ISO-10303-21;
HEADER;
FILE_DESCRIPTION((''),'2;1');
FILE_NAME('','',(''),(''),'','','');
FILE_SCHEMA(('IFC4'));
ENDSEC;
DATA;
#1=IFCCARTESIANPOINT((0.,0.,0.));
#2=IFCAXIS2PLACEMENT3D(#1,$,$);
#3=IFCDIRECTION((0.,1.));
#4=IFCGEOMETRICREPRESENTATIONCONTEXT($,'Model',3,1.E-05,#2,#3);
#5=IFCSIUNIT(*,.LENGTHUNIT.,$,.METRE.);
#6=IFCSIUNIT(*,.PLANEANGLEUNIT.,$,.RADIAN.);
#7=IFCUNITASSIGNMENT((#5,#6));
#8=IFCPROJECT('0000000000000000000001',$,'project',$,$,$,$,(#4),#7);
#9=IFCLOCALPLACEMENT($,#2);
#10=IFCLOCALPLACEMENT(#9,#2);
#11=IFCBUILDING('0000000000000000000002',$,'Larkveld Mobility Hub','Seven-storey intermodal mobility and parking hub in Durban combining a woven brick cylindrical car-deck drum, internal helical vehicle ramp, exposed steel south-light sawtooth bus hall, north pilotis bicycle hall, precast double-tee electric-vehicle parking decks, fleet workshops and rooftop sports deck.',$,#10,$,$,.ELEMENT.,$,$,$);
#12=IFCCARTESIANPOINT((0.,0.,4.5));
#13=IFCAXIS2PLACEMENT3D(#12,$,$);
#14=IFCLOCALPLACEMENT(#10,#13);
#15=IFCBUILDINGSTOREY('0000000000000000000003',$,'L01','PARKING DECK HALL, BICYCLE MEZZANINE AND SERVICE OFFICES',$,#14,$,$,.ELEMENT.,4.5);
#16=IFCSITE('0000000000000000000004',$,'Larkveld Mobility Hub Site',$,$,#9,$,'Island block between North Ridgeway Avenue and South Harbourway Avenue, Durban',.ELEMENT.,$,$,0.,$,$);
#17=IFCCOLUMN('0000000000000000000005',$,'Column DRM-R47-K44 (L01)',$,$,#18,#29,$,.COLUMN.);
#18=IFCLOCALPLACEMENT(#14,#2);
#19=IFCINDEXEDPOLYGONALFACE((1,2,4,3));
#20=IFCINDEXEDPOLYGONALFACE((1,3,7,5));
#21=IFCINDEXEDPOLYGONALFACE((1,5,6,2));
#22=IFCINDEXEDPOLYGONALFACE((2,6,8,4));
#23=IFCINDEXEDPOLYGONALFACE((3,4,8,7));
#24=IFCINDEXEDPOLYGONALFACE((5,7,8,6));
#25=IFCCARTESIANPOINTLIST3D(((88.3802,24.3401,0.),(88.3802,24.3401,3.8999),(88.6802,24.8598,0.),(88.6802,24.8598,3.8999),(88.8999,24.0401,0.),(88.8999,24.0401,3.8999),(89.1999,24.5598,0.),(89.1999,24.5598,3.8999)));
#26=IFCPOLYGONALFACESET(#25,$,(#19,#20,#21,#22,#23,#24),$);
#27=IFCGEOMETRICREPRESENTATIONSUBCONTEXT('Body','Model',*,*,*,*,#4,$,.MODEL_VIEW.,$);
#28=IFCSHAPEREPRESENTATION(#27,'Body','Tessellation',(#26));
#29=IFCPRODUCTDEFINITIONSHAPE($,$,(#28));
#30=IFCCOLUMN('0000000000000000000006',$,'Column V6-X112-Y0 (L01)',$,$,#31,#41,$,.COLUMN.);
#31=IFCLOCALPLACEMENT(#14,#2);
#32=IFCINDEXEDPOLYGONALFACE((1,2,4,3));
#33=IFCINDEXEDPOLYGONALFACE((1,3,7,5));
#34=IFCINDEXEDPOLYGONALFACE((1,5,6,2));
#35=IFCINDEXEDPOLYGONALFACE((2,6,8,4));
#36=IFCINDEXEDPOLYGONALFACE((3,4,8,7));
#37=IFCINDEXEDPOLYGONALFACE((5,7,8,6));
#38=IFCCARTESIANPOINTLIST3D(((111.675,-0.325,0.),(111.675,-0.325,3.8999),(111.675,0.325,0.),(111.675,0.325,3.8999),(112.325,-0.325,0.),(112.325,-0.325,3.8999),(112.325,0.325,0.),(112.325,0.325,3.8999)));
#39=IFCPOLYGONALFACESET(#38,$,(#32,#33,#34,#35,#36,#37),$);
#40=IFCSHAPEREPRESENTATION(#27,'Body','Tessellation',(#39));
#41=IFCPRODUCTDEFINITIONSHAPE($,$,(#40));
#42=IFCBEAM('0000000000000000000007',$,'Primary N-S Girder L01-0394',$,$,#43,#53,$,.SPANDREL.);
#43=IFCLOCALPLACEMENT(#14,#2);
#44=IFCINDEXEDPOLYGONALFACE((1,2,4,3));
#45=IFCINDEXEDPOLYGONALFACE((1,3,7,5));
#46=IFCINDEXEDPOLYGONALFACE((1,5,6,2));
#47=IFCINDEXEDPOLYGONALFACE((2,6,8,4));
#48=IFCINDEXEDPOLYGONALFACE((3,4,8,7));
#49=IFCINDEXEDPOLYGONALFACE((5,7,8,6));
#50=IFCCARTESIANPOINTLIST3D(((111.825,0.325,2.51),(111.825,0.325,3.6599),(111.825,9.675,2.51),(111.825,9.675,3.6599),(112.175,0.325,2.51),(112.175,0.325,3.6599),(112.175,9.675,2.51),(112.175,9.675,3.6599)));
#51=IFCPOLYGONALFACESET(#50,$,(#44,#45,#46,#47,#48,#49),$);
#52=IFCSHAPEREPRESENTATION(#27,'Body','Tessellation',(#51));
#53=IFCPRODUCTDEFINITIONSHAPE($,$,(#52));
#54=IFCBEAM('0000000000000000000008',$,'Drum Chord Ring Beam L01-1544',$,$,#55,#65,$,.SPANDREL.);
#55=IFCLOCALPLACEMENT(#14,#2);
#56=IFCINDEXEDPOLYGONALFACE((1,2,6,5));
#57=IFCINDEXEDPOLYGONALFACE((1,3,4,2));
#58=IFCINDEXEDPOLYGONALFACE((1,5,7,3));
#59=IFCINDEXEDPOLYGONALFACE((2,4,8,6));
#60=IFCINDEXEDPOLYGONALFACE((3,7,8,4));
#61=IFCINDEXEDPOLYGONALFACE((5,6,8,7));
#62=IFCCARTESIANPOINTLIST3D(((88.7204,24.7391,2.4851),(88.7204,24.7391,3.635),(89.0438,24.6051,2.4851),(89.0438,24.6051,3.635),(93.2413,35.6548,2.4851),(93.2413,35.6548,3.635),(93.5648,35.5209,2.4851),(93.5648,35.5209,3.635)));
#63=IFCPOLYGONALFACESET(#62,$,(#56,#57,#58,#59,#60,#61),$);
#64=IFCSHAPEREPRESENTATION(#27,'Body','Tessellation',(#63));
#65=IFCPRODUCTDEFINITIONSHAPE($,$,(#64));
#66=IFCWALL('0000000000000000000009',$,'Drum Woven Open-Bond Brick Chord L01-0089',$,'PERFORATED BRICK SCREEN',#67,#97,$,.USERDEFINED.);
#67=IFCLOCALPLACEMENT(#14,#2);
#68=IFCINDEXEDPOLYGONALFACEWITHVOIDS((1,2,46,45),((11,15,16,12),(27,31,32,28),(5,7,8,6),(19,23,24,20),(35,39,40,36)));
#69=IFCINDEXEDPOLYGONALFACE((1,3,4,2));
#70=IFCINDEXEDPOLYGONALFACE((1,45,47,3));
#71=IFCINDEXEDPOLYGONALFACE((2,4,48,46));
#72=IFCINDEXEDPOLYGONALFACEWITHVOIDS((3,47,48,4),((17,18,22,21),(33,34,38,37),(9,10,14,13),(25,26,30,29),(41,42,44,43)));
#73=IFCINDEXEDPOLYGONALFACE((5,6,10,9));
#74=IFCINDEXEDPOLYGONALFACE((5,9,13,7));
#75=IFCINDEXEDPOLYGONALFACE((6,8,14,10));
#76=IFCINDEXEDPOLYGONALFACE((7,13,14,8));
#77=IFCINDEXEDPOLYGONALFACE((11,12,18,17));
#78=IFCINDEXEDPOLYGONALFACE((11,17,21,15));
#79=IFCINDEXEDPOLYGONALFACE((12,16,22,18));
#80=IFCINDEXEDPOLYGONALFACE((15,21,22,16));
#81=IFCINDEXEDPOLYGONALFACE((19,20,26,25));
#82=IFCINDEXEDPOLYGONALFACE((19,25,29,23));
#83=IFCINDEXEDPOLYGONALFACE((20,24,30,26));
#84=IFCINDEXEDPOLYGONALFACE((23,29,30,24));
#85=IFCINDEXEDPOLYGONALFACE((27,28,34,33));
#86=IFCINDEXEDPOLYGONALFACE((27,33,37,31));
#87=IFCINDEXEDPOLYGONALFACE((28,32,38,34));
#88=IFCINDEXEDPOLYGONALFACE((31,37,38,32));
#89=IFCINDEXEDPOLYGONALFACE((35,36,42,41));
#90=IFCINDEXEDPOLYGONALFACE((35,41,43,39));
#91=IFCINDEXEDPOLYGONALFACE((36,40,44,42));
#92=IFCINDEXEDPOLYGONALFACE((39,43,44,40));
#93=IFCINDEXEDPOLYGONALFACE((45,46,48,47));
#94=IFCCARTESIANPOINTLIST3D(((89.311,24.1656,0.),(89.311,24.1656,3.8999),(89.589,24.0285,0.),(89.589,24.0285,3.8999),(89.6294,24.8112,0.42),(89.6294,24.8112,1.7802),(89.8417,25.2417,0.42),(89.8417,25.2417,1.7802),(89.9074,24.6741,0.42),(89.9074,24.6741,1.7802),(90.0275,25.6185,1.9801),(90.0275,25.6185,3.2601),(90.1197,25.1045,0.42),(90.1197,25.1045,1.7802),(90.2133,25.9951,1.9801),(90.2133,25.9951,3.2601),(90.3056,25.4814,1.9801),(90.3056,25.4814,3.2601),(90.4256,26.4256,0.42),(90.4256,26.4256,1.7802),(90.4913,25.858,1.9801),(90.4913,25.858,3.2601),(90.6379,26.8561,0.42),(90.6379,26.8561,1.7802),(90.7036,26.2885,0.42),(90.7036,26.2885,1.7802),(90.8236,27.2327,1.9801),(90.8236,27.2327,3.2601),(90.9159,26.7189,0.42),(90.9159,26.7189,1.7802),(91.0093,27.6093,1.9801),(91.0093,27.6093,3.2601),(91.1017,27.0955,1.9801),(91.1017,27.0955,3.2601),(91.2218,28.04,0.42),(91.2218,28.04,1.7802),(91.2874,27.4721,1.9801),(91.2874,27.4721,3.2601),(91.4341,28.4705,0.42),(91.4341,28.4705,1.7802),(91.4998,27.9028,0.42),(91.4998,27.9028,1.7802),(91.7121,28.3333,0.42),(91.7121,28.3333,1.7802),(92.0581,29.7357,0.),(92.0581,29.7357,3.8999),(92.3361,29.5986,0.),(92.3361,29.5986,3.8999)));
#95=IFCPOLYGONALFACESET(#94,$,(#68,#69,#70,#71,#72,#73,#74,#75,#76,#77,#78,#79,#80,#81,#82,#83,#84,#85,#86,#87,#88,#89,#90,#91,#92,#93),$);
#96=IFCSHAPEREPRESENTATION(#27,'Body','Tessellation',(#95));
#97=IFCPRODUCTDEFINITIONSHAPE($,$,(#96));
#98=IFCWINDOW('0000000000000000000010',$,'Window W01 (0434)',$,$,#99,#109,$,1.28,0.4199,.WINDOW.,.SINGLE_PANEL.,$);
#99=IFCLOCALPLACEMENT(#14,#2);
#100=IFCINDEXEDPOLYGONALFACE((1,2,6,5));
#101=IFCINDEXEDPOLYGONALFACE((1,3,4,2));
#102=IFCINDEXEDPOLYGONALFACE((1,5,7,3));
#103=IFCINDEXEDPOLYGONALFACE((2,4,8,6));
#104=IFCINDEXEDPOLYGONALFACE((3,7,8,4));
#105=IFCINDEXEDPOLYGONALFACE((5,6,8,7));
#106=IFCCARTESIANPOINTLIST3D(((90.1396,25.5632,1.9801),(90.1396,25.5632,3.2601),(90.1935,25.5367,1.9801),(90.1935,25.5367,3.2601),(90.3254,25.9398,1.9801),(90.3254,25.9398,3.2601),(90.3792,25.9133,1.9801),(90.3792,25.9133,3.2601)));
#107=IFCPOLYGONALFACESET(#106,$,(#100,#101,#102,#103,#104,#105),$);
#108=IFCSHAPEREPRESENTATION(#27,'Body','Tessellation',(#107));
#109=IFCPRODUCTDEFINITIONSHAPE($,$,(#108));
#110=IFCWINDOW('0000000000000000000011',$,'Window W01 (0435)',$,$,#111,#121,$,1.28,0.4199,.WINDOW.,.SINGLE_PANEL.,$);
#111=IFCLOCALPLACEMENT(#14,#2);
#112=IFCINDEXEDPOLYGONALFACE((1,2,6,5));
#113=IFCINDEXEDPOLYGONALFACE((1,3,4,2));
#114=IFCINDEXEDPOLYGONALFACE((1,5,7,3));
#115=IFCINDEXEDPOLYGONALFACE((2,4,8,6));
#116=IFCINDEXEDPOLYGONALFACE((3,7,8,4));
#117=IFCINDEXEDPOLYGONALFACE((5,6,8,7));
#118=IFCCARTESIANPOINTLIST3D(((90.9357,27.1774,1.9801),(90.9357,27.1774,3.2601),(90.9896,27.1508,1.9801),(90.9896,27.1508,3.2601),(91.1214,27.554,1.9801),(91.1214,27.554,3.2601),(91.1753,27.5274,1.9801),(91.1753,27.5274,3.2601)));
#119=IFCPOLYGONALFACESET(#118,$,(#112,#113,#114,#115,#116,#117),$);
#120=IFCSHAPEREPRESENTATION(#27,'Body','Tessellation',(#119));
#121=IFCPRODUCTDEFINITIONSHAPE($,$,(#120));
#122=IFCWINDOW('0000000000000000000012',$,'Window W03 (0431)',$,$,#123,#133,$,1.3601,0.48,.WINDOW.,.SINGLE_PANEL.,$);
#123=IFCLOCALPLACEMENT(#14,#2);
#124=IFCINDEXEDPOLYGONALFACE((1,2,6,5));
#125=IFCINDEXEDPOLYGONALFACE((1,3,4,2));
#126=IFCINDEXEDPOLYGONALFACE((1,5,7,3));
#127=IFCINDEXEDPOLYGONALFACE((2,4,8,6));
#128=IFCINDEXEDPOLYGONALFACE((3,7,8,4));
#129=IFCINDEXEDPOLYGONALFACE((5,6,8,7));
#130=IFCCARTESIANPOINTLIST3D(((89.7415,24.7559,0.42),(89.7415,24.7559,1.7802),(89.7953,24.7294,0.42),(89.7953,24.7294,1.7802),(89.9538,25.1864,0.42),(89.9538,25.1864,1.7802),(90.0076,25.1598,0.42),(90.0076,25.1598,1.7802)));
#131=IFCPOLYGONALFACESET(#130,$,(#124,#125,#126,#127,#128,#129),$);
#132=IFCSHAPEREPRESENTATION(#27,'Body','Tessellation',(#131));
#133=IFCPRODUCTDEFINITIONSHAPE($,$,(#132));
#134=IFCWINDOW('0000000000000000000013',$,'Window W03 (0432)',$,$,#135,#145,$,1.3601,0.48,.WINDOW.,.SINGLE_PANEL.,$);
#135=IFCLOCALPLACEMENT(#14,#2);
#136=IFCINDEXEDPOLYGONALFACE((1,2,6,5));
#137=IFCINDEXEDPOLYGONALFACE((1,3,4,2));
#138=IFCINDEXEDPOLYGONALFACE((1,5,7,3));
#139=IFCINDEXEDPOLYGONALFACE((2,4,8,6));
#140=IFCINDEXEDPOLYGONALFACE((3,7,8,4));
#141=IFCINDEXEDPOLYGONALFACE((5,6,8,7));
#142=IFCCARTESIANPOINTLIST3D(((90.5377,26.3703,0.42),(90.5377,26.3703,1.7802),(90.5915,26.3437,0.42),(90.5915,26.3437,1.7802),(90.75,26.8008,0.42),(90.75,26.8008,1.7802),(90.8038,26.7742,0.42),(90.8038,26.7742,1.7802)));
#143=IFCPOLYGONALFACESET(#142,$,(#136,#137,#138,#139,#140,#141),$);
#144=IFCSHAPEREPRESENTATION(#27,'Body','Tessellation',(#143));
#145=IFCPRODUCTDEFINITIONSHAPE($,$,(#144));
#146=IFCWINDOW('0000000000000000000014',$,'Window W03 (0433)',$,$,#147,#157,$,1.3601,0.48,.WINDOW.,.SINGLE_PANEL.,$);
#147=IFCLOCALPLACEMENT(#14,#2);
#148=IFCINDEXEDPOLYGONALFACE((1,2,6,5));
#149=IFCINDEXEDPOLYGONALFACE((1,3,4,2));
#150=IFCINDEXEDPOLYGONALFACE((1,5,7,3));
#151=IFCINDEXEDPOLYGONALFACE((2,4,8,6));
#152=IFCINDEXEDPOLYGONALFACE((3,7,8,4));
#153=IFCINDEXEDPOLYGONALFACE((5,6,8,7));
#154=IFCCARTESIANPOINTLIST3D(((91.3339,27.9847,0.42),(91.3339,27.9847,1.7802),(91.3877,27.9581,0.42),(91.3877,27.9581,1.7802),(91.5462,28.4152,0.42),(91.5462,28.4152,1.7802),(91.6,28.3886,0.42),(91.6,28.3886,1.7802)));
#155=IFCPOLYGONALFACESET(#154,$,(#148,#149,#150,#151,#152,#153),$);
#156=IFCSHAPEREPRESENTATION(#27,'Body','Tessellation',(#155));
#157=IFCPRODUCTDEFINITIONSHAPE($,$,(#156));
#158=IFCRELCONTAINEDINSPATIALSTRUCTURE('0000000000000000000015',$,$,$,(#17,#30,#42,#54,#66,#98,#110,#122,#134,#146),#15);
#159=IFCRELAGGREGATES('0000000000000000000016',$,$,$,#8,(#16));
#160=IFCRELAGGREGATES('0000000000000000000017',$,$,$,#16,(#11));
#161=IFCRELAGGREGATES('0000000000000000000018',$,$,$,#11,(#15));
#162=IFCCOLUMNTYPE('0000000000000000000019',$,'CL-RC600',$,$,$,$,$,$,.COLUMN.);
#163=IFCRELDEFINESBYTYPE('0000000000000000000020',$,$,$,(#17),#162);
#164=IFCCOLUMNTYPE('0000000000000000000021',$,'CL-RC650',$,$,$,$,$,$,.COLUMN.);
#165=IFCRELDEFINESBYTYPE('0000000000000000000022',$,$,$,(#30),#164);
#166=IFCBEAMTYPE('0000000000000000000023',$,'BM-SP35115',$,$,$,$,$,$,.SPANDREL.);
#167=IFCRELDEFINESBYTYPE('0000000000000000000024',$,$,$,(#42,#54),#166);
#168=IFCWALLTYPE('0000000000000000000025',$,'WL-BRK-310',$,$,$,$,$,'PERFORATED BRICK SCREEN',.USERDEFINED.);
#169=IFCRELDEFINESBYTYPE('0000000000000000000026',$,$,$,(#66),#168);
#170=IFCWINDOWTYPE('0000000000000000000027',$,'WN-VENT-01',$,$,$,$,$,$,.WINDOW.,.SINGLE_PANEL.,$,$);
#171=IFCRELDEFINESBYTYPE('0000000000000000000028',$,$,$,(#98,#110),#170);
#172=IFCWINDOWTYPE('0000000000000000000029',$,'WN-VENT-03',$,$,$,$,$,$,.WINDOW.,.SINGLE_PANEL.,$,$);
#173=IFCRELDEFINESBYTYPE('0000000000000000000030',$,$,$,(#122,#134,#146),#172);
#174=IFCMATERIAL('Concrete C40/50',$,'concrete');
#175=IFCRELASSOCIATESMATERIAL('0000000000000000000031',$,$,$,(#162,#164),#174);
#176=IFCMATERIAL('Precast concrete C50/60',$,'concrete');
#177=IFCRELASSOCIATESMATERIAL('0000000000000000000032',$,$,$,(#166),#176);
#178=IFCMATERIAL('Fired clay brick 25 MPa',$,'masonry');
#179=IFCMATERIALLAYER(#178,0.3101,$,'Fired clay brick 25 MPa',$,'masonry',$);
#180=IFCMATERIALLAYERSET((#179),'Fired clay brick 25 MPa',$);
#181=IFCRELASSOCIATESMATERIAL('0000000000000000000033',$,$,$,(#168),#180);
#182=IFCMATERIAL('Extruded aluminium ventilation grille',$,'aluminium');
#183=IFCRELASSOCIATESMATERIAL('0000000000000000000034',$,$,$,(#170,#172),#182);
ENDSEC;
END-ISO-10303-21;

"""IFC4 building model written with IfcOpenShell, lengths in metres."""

from ifc_helpers import new_model, si_unit, direction, frame, frame_2d, origin, origin_2d, place, context, subcontext, project, spatial, rectangle, extrude, material, layer, layer_set, material_profile, profile_set, type_object, element, fill, save


model = new_model("IFC4")

# Units and contexts
model_context = context("Model", 3, precision=1e-05, world=origin(), true_north=direction((0.0, 1.0)))
body_context = subcontext(model_context, "Body", "Model", "MODEL_VIEW")
ifc_project = project(units=[si_unit("LENGTHUNIT", "METRE"), si_unit("PLANEANGLEUNIT", "RADIAN")], contexts=[model_context])

# Site, building, storey
site_placement = place(None, origin())
site = spatial("IfcSite", under=ifc_project, at=site_placement, Name="Larkveld Mobility Hub Site", LongName="Island block between North Ridgeway Avenue and South Harbourway Avenue, Durban", CompositionType="ELEMENT", RefElevation=0.0)
building_placement = place(site_placement, origin())
building = spatial("IfcBuilding", under=site, at=building_placement, Name="Larkveld Mobility Hub", Description="Seven-storey intermodal mobility and parking hub in Durban combining a woven brick cylindrical car-deck drum, internal helical vehicle ramp, exposed steel south-light sawtooth bus hall, north pilotis bicycle hall, precast double-tee electric-vehicle parking decks, fleet workshops and rooftop sports deck.", CompositionType="ELEMENT")
storey_placement = place(building_placement, frame((0.0, 0.0, 4.5)))
storey = spatial("IfcBuildingStorey", under=building, at=storey_placement, Name="L01", Description="PARKING DECK HALL, BICYCLE MEZZANINE AND SERVICE OFFICES", CompositionType="ELEMENT", Elevation=4.5)

# Columns
ifc_material_1 = material(Name="Concrete C40/50", Category="concrete")
ifc_material_profile_1 = material_profile(ifc_material_1, rectangle(XDim=0.6001, YDim=0.6001, at=origin_2d()), Name="RC COL 600x600")
ifc_profile_set_1 = profile_set([ifc_material_profile_1], Name="Concrete C40/50")
column_type_1 = type_object("IfcColumnType", Name="CL-RC600", PredefinedType="COLUMN", material=ifc_profile_set_1)
column_1_placement = place(storey_placement, frame((88.79, 24.45, 0.0), z_axis=(0.0, 0.0, 1.0), x_axis=(-0.866025, 0.5, 0.0)))
element("IfcColumn", 1, at=column_1_placement, inside=storey, type_object=column_type_1, Name="Column DRM-R47-K44 (L01)", PredefinedType="COLUMN", context=body_context, shape_type="SweptSolid", body=[
    extrude(rectangle(XDim=0.6001, YDim=0.6001, at=origin_2d()), origin(), (0.0, 0.0, 1.0), 3.8999),
])
ifc_material_profile_2 = material_profile(ifc_material_1, rectangle(XDim=0.6499, YDim=0.6499, at=origin_2d()), Name="RC COL 650x650")
ifc_profile_set_2 = profile_set([ifc_material_profile_2], Name="Concrete C40/50")
column_type_2 = type_object("IfcColumnType", Name="CL-RC650", PredefinedType="COLUMN", material=ifc_profile_set_2)
column_2_placement = place(storey_placement, frame((112.0, 0.0, 0.0), z_axis=(0.0, 0.0, 1.0), x_axis=(1.0, 0.0, 0.0)))
element("IfcColumn", 2, at=column_2_placement, inside=storey, type_object=column_type_2, Name="Column V6-X112-Y0 (L01)", PredefinedType="COLUMN", context=body_context, shape_type="SweptSolid", body=[
    extrude(rectangle(XDim=0.6499, YDim=0.6499, at=origin_2d()), origin(), (0.0, 0.0, 1.0), 3.8999),
])

# Beams
ifc_material_2 = material(Name="Precast concrete C50/60", Category="concrete")
ifc_material_profile_3 = material_profile(ifc_material_2, rectangle(XDim=0.3501, YDim=1.1499, at=origin_2d()), Name="PC SP 350x1150")
ifc_profile_set_3 = profile_set([ifc_material_profile_3], Name="Precast concrete C50/60")
beam_type = type_object("IfcBeamType", Name="BM-SP35115", PredefinedType="SPANDREL", material=ifc_profile_set_3)
beam_1_placement = place(storey_placement, frame((112.0, 0.325, 3.085), z_axis=(0.0, 1.0, 0.0), x_axis=(-1.0, 0.0, 0.0)))
element("IfcBeam", 3, at=beam_1_placement, inside=storey, type_object=beam_type, Name="Primary N-S Girder L01-0394", PredefinedType="SPANDREL", context=body_context, shape_type="SweptSolid", body=[
    extrude(rectangle(XDim=0.3501, YDim=1.1499, at=origin_2d()), origin(), (0.0, 0.0, 1.0), 9.3501),
])
beam_2_placement = place(storey_placement, frame((88.8821, 24.6721, 3.0601), z_axis=(0.38265, 0.923893, 0.0), x_axis=(-0.923893, 0.38265, 0.0)))
element("IfcBeam", 4, at=beam_2_placement, inside=storey, type_object=beam_type, Name="Drum Chord Ring Beam L01-1544", PredefinedType="SPANDREL", context=body_context, shape_type="SweptSolid", body=[
    extrude(rectangle(XDim=0.3501, YDim=1.1499, at=origin_2d()), origin(), (0.0, 0.0, 1.0), 11.8149),
])

# Wall, openings, windows
ifc_material_3 = material(Name="Fired clay brick 25 MPa", Category="masonry")
ifc_layer_1 = layer(ifc_material_3, 0.3101, Name="Fired clay brick 25 MPa", Category="masonry")
ifc_layer_set_1 = layer_set([ifc_layer_1], Name="Fired clay brick 25 MPa")
wall_type = type_object("IfcWallType", Name="WL-BRK-310", ElementType="PERFORATED BRICK SCREEN", PredefinedType="USERDEFINED", material=ifc_layer_set_1)
wall_placement = place(storey_placement, frame((89.45, 24.0969, 0.0), z_axis=(0.0, 0.0, 1.0), x_axis=(0.442317, 0.896859, 0.0)))
wall = element("IfcWall", 5, at=wall_placement, inside=storey, type_object=wall_type, Name="Drum Woven Open-Bond Brick Chord L01-0089", ObjectType="PERFORATED BRICK SCREEN", PredefinedType="USERDEFINED", context=body_context, shape_type="SweptSolid", body=[
    extrude(rectangle(XDim=6.2107, YDim=0.3101, at=frame_2d((3.1055, 0.0))), origin(), (0.0, 0.0, 1.0), 3.8999),
])
opening_1_placement = place(wall_placement, frame((0.72, 0.0, 0.4199)))
opening_1 = element("IfcOpeningElement", 6, at=opening_1_placement, cuts=wall, PredefinedType="OPENING", context=body_context, shape_type="SweptSolid", body=[
    extrude(rectangle(XDim=0.48, YDim=1.3601, at=frame_2d((0.24, 0.6802))), frame((0.0, 0.165, 0.0), z_axis=(0.0, -1.0, 0.0), x_axis=(1.0, 0.0, 0.0)), (0.0, 0.0, 1.0), 0.3301),
])
opening_2_placement = place(wall_placement, frame((2.52, 0.0, 0.4199)))
opening_2 = element("IfcOpeningElement", 7, at=opening_2_placement, cuts=wall, PredefinedType="OPENING", context=body_context, shape_type="SweptSolid", body=[
    extrude(rectangle(XDim=0.48, YDim=1.3601, at=frame_2d((0.24, 0.6802))), frame((0.0, 0.165, 0.0), z_axis=(0.0, -1.0, 0.0), x_axis=(1.0, 0.0, 0.0)), (0.0, 0.0, 1.0), 0.3301),
])
opening_3_placement = place(wall_placement, frame((4.3201, 0.0, 0.4199)))
opening_3 = element("IfcOpeningElement", 8, at=opening_3_placement, cuts=wall, PredefinedType="OPENING", context=body_context, shape_type="SweptSolid", body=[
    extrude(rectangle(XDim=0.48, YDim=1.3601, at=frame_2d((0.24, 0.6802))), frame((0.0, 0.165, 0.0), z_axis=(0.0, -1.0, 0.0), x_axis=(1.0, 0.0, 0.0)), (0.0, 0.0, 1.0), 0.3301),
])
opening_4_placement = place(wall_placement, frame((1.6201, 0.0, 1.98)))
opening_4 = element("IfcOpeningElement", 9, at=opening_4_placement, cuts=wall, PredefinedType="OPENING", context=body_context, shape_type="SweptSolid", body=[
    extrude(rectangle(XDim=0.4199, YDim=1.28, at=frame_2d((0.21, 0.6401))), frame((0.0, 0.165, 0.0), z_axis=(0.0, -1.0, 0.0), x_axis=(1.0, 0.0, 0.0)), (0.0, 0.0, 1.0), 0.3301),
])
opening_5_placement = place(wall_placement, frame((3.4199, 0.0, 1.98)))
opening_5 = element("IfcOpeningElement", 10, at=opening_5_placement, cuts=wall, PredefinedType="OPENING", context=body_context, shape_type="SweptSolid", body=[
    extrude(rectangle(XDim=0.4199, YDim=1.28, at=frame_2d((0.21, 0.6401))), frame((0.0, 0.165, 0.0), z_axis=(0.0, -1.0, 0.0), x_axis=(1.0, 0.0, 0.0)), (0.0, 0.0, 1.0), 0.3301),
])
ifc_material_4 = material(Name="Extruded aluminium ventilation grille", Category="aluminium")
window_type_1 = type_object("IfcWindowType", Name="WN-VENT-01", PartitioningType="SINGLE_PANEL", PredefinedType="WINDOW", material=ifc_material_4)
window_1_placement = place(opening_4_placement, origin())
window_1 = element("IfcWindow", 11, at=window_1_placement, inside=storey, type_object=window_type_1, Name="Window W01 (0434)", OverallHeight=1.28, OverallWidth=0.4199, PartitioningType="SINGLE_PANEL", PredefinedType="WINDOW", context=body_context, shape_type="SweptSolid", body=[
    extrude(rectangle(XDim=0.4199, YDim=1.28, at=frame_2d((0.21, 0.6401))), frame((0.0, 0.03, 0.0), z_axis=(0.0, -1.0, 0.0), x_axis=(1.0, 0.0, 0.0)), (0.0, 0.0, 1.0), 0.0601),
])
fill(opening_4, window_1)
window_2_placement = place(opening_5_placement, origin())
window_2 = element("IfcWindow", 12, at=window_2_placement, inside=storey, type_object=window_type_1, Name="Window W01 (0435)", OverallHeight=1.28, OverallWidth=0.4199, PartitioningType="SINGLE_PANEL", PredefinedType="WINDOW", context=body_context, shape_type="SweptSolid", body=[
    extrude(rectangle(XDim=0.4199, YDim=1.28, at=frame_2d((0.21, 0.6401))), frame((0.0, 0.03, 0.0), z_axis=(0.0, -1.0, 0.0), x_axis=(1.0, 0.0, 0.0)), (0.0, 0.0, 1.0), 0.0601),
])
fill(opening_5, window_2)
window_type_2 = type_object("IfcWindowType", Name="WN-VENT-03", PartitioningType="SINGLE_PANEL", PredefinedType="WINDOW", material=ifc_material_4)
window_3_placement = place(opening_1_placement, origin())
window_3 = element("IfcWindow", 13, at=window_3_placement, inside=storey, type_object=window_type_2, Name="Window W03 (0431)", OverallHeight=1.3601, OverallWidth=0.48, PartitioningType="SINGLE_PANEL", PredefinedType="WINDOW", context=body_context, shape_type="SweptSolid", body=[
    extrude(rectangle(XDim=0.48, YDim=1.3601, at=frame_2d((0.24, 0.6802))), frame((0.0, 0.03, 0.0), z_axis=(0.0, -1.0, 0.0), x_axis=(1.0, 0.0, 0.0)), (0.0, 0.0, 1.0), 0.0601),
])
fill(opening_1, window_3)
window_4_placement = place(opening_2_placement, origin())
window_4 = element("IfcWindow", 14, at=window_4_placement, inside=storey, type_object=window_type_2, Name="Window W03 (0432)", OverallHeight=1.3601, OverallWidth=0.48, PartitioningType="SINGLE_PANEL", PredefinedType="WINDOW", context=body_context, shape_type="SweptSolid", body=[
    extrude(rectangle(XDim=0.48, YDim=1.3601, at=frame_2d((0.24, 0.6802))), frame((0.0, 0.03, 0.0), z_axis=(0.0, -1.0, 0.0), x_axis=(1.0, 0.0, 0.0)), (0.0, 0.0, 1.0), 0.0601),
])
fill(opening_2, window_4)
window_5_placement = place(opening_3_placement, origin())
window_5 = element("IfcWindow", 15, at=window_5_placement, inside=storey, type_object=window_type_2, Name="Window W03 (0433)", OverallHeight=1.3601, OverallWidth=0.48, PartitioningType="SINGLE_PANEL", PredefinedType="WINDOW", context=body_context, shape_type="SweptSolid", body=[
    extrude(rectangle(XDim=0.48, YDim=1.3601, at=frame_2d((0.24, 0.6802))), frame((0.0, 0.03, 0.0), z_axis=(0.0, -1.0, 0.0), x_axis=(1.0, 0.0, 0.0)), (0.0, 0.0, 1.0), 0.0601),
])
fill(opening_3, window_5)

save(model, "model.ifc")
